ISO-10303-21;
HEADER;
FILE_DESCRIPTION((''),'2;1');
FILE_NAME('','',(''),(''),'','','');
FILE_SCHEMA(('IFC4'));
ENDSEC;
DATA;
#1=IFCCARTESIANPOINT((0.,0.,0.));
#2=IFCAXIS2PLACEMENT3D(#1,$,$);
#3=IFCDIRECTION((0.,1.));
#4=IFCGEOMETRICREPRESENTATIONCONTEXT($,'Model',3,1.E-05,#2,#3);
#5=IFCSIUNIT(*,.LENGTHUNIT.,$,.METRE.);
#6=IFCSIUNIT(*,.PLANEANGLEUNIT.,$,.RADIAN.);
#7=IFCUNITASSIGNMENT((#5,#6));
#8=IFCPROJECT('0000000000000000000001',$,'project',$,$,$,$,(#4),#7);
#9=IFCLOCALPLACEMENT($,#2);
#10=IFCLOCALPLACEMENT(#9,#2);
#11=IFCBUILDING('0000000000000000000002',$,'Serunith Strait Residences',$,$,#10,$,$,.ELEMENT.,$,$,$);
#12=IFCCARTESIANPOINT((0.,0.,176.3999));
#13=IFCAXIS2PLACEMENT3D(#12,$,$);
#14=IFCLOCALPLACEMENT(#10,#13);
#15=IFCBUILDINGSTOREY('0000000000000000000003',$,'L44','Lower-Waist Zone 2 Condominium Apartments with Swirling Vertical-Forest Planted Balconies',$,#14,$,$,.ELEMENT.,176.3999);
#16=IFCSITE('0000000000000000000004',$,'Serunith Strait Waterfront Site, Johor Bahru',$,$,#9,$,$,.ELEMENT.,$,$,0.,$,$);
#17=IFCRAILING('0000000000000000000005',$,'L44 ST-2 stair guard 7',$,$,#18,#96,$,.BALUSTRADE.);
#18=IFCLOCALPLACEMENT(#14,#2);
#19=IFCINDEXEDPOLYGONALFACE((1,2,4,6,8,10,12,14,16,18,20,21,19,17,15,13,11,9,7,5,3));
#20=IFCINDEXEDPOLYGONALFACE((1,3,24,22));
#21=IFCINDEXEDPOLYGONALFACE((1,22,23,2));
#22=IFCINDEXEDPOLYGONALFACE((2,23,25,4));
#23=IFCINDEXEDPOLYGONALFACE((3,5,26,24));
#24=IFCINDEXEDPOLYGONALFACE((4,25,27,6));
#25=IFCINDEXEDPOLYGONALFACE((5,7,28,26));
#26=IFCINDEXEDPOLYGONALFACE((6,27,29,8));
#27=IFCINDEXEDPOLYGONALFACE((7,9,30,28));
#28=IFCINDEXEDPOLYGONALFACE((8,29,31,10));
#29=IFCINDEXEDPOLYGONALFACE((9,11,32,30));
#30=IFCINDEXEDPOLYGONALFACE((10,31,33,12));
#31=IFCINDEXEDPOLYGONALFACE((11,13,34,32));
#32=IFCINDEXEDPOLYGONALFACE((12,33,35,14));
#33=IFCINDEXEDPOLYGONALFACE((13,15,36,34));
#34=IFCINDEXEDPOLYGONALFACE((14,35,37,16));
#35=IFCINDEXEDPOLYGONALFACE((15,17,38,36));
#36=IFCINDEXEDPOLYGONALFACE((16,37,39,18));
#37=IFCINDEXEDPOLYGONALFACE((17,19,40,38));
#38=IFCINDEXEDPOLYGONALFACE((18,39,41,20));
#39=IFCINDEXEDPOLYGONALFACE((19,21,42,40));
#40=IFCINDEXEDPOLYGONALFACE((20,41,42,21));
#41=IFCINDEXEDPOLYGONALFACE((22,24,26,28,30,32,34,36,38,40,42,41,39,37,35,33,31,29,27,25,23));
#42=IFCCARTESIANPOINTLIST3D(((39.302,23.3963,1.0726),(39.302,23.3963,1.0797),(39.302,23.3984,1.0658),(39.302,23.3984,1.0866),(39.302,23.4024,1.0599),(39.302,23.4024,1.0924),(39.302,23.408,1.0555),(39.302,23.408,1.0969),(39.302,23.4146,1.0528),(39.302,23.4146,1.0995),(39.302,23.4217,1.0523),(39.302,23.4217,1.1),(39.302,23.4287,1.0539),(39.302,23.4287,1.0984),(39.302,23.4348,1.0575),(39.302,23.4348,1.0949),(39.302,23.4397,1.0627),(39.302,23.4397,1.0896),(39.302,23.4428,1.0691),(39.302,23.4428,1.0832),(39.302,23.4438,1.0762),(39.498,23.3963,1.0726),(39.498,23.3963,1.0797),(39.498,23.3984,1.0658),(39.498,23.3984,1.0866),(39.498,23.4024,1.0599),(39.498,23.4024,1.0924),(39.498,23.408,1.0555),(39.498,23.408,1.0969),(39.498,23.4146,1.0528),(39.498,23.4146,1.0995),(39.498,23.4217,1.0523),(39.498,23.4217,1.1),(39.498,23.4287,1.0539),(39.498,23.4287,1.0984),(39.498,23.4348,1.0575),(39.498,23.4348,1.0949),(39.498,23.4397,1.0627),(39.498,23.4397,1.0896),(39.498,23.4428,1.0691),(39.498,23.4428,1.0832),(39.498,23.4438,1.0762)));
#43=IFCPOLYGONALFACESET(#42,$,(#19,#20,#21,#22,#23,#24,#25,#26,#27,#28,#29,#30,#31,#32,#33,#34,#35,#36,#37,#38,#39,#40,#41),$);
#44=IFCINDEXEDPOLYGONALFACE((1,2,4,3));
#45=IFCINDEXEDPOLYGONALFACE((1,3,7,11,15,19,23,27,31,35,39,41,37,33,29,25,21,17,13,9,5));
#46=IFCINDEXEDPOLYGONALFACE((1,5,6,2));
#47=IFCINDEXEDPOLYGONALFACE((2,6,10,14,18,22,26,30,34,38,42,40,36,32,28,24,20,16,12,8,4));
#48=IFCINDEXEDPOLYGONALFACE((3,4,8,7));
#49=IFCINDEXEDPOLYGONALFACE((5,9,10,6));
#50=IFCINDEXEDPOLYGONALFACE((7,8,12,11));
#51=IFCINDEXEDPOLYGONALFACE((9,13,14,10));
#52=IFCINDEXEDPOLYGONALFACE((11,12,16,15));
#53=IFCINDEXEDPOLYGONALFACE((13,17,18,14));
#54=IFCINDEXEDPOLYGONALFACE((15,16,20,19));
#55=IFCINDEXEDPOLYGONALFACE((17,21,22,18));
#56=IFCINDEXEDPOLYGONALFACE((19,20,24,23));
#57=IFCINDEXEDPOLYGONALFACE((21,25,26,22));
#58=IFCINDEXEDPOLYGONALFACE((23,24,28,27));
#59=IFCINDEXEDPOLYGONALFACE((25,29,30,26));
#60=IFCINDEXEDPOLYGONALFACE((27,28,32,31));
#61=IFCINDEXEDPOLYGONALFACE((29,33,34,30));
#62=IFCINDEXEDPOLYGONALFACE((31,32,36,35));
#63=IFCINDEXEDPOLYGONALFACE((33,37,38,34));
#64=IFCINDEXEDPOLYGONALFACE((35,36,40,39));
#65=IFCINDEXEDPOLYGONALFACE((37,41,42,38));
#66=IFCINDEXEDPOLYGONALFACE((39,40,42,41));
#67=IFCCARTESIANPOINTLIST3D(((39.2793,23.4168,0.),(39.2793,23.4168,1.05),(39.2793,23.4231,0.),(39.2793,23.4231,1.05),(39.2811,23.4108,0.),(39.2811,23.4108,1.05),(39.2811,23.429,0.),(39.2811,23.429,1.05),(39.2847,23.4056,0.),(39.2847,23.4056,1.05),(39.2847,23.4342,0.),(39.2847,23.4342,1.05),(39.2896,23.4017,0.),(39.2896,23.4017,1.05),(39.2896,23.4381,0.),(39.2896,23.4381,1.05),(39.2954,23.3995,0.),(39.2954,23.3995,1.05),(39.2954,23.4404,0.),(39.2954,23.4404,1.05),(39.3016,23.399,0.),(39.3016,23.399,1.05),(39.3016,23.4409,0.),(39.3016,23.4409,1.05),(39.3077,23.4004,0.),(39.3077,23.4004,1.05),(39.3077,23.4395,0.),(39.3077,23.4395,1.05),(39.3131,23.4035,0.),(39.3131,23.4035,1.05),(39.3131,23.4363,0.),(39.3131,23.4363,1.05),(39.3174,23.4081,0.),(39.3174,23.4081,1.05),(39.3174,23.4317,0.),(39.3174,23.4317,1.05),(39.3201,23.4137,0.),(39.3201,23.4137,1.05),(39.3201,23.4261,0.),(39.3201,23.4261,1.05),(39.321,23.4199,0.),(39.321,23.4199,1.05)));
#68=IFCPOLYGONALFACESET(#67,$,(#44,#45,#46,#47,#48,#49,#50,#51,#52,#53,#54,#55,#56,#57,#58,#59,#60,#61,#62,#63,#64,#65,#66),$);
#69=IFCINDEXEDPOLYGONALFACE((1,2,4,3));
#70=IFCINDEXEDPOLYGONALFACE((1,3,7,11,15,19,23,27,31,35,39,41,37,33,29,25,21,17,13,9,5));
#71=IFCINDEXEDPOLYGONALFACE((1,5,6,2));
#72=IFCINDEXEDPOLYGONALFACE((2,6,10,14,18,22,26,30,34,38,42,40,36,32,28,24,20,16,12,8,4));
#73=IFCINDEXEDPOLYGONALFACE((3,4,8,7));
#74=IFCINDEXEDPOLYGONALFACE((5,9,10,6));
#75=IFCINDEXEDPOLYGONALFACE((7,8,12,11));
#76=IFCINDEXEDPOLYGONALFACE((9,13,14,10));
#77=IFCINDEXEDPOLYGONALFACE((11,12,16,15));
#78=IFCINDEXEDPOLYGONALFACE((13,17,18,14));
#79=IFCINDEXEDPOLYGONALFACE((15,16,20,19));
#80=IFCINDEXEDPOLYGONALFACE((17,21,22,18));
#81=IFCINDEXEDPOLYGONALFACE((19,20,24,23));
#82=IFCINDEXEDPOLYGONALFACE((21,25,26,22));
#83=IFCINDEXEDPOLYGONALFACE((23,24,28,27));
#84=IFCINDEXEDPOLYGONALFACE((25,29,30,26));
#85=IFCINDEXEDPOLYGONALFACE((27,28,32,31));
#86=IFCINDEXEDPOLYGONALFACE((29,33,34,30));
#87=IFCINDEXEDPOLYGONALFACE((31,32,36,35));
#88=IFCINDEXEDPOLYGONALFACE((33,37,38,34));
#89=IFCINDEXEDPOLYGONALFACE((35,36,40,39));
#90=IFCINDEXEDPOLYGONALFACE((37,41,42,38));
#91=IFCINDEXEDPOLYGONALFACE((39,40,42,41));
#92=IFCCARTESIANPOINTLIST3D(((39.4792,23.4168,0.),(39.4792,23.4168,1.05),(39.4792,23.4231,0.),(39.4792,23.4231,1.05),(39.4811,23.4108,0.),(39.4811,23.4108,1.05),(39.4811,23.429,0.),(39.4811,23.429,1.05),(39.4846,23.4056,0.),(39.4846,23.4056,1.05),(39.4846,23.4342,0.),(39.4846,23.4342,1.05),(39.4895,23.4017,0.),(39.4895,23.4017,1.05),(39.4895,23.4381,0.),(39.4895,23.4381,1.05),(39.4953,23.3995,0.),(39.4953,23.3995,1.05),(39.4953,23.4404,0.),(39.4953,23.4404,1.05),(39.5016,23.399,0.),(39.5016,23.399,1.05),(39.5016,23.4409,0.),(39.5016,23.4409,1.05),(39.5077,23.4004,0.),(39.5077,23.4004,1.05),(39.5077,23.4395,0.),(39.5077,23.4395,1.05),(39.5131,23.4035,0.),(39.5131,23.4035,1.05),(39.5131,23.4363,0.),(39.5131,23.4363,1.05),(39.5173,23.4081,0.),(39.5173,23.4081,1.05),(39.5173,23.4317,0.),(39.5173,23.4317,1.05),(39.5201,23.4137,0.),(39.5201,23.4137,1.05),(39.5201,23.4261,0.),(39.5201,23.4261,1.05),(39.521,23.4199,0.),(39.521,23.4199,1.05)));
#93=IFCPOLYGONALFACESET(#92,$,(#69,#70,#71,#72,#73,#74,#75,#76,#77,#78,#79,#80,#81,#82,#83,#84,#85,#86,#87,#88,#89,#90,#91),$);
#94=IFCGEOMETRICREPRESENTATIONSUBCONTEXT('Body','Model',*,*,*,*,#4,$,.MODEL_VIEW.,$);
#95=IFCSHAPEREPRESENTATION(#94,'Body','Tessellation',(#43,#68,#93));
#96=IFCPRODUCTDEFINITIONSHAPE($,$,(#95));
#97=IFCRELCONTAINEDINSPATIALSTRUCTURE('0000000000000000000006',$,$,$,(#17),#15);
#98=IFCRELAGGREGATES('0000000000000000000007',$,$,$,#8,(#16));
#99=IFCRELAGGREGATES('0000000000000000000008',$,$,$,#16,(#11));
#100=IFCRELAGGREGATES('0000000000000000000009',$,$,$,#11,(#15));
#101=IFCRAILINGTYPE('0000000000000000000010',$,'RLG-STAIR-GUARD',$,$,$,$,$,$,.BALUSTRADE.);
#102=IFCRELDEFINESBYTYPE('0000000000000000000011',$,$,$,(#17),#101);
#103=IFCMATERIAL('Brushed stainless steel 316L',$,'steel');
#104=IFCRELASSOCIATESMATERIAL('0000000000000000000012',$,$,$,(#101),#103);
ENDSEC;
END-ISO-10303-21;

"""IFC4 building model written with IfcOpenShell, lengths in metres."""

from ifc_helpers import new_model, si_unit, direction, frame, origin, origin_2d, place, context, subcontext, project, spatial, circle, extrude, material, type_object, element, save


model = new_model("IFC4")

# Units and contexts
model_context = context("Model", 3, precision=1e-05, world=origin(), true_north=direction((0.0, 1.0)))
body_context = subcontext(model_context, "Body", "Model", "MODEL_VIEW")
ifc_project = project(units=[si_unit("LENGTHUNIT", "METRE"), si_unit("PLANEANGLEUNIT", "RADIAN")], contexts=[model_context])

# Site, building, storey
site_placement = place(None, origin())
site = spatial("IfcSite", under=ifc_project, at=site_placement, Name="Serunith Strait Waterfront Site, Johor Bahru", CompositionType="ELEMENT", RefElevation=0.0)
building_placement = place(site_placement, origin())
building = spatial("IfcBuilding", under=site, at=building_placement, Name="Serunith Strait Residences", CompositionType="ELEMENT")
storey_placement = place(building_placement, frame((0.0, 0.0, 176.3999)))
storey = spatial("IfcBuildingStorey", under=building, at=storey_placement, Name="L44", Description="Lower-Waist Zone 2 Condominium Apartments with Swirling Vertical-Forest Planted Balconies", CompositionType="ELEMENT", Elevation=176.3999)

# Railing
ifc_material_1 = material(Name="Brushed stainless steel 316L", Category="steel")
railing_type_1 = type_object("IfcRailingType", Name="RLG-STAIR-GUARD", PredefinedType="BALUSTRADE", material=ifc_material_1)
railing_1_placement = place(storey_placement, frame((39.3, 23.4199, 0.0)))
element("IfcRailing", 1, at=railing_1_placement, inside=storey, type_object=railing_type_1, Name="L44 ST-2 stair guard 7", PredefinedType="BALUSTRADE", context=body_context, shape_type="SweptSolid", body=[
    extrude(circle(Radius=0.0239, at=origin_2d()), frame((0.002, 0.0, 1.0762), z_axis=(1.0, 0.0, 0.0), x_axis=(0.0, 1.0, 0.0)), (0.0, 0.0, 1.0), 0.196),
    extrude(circle(Radius=0.021, at=origin_2d()), origin(), (0.0, 0.0, 1.0), 1.05),
    extrude(circle(Radius=0.021, at=origin_2d()), frame((0.2, 0.0, 0.0)), (0.0, 0.0, 1.0), 1.05),
])

save(model, "model.ifc")
